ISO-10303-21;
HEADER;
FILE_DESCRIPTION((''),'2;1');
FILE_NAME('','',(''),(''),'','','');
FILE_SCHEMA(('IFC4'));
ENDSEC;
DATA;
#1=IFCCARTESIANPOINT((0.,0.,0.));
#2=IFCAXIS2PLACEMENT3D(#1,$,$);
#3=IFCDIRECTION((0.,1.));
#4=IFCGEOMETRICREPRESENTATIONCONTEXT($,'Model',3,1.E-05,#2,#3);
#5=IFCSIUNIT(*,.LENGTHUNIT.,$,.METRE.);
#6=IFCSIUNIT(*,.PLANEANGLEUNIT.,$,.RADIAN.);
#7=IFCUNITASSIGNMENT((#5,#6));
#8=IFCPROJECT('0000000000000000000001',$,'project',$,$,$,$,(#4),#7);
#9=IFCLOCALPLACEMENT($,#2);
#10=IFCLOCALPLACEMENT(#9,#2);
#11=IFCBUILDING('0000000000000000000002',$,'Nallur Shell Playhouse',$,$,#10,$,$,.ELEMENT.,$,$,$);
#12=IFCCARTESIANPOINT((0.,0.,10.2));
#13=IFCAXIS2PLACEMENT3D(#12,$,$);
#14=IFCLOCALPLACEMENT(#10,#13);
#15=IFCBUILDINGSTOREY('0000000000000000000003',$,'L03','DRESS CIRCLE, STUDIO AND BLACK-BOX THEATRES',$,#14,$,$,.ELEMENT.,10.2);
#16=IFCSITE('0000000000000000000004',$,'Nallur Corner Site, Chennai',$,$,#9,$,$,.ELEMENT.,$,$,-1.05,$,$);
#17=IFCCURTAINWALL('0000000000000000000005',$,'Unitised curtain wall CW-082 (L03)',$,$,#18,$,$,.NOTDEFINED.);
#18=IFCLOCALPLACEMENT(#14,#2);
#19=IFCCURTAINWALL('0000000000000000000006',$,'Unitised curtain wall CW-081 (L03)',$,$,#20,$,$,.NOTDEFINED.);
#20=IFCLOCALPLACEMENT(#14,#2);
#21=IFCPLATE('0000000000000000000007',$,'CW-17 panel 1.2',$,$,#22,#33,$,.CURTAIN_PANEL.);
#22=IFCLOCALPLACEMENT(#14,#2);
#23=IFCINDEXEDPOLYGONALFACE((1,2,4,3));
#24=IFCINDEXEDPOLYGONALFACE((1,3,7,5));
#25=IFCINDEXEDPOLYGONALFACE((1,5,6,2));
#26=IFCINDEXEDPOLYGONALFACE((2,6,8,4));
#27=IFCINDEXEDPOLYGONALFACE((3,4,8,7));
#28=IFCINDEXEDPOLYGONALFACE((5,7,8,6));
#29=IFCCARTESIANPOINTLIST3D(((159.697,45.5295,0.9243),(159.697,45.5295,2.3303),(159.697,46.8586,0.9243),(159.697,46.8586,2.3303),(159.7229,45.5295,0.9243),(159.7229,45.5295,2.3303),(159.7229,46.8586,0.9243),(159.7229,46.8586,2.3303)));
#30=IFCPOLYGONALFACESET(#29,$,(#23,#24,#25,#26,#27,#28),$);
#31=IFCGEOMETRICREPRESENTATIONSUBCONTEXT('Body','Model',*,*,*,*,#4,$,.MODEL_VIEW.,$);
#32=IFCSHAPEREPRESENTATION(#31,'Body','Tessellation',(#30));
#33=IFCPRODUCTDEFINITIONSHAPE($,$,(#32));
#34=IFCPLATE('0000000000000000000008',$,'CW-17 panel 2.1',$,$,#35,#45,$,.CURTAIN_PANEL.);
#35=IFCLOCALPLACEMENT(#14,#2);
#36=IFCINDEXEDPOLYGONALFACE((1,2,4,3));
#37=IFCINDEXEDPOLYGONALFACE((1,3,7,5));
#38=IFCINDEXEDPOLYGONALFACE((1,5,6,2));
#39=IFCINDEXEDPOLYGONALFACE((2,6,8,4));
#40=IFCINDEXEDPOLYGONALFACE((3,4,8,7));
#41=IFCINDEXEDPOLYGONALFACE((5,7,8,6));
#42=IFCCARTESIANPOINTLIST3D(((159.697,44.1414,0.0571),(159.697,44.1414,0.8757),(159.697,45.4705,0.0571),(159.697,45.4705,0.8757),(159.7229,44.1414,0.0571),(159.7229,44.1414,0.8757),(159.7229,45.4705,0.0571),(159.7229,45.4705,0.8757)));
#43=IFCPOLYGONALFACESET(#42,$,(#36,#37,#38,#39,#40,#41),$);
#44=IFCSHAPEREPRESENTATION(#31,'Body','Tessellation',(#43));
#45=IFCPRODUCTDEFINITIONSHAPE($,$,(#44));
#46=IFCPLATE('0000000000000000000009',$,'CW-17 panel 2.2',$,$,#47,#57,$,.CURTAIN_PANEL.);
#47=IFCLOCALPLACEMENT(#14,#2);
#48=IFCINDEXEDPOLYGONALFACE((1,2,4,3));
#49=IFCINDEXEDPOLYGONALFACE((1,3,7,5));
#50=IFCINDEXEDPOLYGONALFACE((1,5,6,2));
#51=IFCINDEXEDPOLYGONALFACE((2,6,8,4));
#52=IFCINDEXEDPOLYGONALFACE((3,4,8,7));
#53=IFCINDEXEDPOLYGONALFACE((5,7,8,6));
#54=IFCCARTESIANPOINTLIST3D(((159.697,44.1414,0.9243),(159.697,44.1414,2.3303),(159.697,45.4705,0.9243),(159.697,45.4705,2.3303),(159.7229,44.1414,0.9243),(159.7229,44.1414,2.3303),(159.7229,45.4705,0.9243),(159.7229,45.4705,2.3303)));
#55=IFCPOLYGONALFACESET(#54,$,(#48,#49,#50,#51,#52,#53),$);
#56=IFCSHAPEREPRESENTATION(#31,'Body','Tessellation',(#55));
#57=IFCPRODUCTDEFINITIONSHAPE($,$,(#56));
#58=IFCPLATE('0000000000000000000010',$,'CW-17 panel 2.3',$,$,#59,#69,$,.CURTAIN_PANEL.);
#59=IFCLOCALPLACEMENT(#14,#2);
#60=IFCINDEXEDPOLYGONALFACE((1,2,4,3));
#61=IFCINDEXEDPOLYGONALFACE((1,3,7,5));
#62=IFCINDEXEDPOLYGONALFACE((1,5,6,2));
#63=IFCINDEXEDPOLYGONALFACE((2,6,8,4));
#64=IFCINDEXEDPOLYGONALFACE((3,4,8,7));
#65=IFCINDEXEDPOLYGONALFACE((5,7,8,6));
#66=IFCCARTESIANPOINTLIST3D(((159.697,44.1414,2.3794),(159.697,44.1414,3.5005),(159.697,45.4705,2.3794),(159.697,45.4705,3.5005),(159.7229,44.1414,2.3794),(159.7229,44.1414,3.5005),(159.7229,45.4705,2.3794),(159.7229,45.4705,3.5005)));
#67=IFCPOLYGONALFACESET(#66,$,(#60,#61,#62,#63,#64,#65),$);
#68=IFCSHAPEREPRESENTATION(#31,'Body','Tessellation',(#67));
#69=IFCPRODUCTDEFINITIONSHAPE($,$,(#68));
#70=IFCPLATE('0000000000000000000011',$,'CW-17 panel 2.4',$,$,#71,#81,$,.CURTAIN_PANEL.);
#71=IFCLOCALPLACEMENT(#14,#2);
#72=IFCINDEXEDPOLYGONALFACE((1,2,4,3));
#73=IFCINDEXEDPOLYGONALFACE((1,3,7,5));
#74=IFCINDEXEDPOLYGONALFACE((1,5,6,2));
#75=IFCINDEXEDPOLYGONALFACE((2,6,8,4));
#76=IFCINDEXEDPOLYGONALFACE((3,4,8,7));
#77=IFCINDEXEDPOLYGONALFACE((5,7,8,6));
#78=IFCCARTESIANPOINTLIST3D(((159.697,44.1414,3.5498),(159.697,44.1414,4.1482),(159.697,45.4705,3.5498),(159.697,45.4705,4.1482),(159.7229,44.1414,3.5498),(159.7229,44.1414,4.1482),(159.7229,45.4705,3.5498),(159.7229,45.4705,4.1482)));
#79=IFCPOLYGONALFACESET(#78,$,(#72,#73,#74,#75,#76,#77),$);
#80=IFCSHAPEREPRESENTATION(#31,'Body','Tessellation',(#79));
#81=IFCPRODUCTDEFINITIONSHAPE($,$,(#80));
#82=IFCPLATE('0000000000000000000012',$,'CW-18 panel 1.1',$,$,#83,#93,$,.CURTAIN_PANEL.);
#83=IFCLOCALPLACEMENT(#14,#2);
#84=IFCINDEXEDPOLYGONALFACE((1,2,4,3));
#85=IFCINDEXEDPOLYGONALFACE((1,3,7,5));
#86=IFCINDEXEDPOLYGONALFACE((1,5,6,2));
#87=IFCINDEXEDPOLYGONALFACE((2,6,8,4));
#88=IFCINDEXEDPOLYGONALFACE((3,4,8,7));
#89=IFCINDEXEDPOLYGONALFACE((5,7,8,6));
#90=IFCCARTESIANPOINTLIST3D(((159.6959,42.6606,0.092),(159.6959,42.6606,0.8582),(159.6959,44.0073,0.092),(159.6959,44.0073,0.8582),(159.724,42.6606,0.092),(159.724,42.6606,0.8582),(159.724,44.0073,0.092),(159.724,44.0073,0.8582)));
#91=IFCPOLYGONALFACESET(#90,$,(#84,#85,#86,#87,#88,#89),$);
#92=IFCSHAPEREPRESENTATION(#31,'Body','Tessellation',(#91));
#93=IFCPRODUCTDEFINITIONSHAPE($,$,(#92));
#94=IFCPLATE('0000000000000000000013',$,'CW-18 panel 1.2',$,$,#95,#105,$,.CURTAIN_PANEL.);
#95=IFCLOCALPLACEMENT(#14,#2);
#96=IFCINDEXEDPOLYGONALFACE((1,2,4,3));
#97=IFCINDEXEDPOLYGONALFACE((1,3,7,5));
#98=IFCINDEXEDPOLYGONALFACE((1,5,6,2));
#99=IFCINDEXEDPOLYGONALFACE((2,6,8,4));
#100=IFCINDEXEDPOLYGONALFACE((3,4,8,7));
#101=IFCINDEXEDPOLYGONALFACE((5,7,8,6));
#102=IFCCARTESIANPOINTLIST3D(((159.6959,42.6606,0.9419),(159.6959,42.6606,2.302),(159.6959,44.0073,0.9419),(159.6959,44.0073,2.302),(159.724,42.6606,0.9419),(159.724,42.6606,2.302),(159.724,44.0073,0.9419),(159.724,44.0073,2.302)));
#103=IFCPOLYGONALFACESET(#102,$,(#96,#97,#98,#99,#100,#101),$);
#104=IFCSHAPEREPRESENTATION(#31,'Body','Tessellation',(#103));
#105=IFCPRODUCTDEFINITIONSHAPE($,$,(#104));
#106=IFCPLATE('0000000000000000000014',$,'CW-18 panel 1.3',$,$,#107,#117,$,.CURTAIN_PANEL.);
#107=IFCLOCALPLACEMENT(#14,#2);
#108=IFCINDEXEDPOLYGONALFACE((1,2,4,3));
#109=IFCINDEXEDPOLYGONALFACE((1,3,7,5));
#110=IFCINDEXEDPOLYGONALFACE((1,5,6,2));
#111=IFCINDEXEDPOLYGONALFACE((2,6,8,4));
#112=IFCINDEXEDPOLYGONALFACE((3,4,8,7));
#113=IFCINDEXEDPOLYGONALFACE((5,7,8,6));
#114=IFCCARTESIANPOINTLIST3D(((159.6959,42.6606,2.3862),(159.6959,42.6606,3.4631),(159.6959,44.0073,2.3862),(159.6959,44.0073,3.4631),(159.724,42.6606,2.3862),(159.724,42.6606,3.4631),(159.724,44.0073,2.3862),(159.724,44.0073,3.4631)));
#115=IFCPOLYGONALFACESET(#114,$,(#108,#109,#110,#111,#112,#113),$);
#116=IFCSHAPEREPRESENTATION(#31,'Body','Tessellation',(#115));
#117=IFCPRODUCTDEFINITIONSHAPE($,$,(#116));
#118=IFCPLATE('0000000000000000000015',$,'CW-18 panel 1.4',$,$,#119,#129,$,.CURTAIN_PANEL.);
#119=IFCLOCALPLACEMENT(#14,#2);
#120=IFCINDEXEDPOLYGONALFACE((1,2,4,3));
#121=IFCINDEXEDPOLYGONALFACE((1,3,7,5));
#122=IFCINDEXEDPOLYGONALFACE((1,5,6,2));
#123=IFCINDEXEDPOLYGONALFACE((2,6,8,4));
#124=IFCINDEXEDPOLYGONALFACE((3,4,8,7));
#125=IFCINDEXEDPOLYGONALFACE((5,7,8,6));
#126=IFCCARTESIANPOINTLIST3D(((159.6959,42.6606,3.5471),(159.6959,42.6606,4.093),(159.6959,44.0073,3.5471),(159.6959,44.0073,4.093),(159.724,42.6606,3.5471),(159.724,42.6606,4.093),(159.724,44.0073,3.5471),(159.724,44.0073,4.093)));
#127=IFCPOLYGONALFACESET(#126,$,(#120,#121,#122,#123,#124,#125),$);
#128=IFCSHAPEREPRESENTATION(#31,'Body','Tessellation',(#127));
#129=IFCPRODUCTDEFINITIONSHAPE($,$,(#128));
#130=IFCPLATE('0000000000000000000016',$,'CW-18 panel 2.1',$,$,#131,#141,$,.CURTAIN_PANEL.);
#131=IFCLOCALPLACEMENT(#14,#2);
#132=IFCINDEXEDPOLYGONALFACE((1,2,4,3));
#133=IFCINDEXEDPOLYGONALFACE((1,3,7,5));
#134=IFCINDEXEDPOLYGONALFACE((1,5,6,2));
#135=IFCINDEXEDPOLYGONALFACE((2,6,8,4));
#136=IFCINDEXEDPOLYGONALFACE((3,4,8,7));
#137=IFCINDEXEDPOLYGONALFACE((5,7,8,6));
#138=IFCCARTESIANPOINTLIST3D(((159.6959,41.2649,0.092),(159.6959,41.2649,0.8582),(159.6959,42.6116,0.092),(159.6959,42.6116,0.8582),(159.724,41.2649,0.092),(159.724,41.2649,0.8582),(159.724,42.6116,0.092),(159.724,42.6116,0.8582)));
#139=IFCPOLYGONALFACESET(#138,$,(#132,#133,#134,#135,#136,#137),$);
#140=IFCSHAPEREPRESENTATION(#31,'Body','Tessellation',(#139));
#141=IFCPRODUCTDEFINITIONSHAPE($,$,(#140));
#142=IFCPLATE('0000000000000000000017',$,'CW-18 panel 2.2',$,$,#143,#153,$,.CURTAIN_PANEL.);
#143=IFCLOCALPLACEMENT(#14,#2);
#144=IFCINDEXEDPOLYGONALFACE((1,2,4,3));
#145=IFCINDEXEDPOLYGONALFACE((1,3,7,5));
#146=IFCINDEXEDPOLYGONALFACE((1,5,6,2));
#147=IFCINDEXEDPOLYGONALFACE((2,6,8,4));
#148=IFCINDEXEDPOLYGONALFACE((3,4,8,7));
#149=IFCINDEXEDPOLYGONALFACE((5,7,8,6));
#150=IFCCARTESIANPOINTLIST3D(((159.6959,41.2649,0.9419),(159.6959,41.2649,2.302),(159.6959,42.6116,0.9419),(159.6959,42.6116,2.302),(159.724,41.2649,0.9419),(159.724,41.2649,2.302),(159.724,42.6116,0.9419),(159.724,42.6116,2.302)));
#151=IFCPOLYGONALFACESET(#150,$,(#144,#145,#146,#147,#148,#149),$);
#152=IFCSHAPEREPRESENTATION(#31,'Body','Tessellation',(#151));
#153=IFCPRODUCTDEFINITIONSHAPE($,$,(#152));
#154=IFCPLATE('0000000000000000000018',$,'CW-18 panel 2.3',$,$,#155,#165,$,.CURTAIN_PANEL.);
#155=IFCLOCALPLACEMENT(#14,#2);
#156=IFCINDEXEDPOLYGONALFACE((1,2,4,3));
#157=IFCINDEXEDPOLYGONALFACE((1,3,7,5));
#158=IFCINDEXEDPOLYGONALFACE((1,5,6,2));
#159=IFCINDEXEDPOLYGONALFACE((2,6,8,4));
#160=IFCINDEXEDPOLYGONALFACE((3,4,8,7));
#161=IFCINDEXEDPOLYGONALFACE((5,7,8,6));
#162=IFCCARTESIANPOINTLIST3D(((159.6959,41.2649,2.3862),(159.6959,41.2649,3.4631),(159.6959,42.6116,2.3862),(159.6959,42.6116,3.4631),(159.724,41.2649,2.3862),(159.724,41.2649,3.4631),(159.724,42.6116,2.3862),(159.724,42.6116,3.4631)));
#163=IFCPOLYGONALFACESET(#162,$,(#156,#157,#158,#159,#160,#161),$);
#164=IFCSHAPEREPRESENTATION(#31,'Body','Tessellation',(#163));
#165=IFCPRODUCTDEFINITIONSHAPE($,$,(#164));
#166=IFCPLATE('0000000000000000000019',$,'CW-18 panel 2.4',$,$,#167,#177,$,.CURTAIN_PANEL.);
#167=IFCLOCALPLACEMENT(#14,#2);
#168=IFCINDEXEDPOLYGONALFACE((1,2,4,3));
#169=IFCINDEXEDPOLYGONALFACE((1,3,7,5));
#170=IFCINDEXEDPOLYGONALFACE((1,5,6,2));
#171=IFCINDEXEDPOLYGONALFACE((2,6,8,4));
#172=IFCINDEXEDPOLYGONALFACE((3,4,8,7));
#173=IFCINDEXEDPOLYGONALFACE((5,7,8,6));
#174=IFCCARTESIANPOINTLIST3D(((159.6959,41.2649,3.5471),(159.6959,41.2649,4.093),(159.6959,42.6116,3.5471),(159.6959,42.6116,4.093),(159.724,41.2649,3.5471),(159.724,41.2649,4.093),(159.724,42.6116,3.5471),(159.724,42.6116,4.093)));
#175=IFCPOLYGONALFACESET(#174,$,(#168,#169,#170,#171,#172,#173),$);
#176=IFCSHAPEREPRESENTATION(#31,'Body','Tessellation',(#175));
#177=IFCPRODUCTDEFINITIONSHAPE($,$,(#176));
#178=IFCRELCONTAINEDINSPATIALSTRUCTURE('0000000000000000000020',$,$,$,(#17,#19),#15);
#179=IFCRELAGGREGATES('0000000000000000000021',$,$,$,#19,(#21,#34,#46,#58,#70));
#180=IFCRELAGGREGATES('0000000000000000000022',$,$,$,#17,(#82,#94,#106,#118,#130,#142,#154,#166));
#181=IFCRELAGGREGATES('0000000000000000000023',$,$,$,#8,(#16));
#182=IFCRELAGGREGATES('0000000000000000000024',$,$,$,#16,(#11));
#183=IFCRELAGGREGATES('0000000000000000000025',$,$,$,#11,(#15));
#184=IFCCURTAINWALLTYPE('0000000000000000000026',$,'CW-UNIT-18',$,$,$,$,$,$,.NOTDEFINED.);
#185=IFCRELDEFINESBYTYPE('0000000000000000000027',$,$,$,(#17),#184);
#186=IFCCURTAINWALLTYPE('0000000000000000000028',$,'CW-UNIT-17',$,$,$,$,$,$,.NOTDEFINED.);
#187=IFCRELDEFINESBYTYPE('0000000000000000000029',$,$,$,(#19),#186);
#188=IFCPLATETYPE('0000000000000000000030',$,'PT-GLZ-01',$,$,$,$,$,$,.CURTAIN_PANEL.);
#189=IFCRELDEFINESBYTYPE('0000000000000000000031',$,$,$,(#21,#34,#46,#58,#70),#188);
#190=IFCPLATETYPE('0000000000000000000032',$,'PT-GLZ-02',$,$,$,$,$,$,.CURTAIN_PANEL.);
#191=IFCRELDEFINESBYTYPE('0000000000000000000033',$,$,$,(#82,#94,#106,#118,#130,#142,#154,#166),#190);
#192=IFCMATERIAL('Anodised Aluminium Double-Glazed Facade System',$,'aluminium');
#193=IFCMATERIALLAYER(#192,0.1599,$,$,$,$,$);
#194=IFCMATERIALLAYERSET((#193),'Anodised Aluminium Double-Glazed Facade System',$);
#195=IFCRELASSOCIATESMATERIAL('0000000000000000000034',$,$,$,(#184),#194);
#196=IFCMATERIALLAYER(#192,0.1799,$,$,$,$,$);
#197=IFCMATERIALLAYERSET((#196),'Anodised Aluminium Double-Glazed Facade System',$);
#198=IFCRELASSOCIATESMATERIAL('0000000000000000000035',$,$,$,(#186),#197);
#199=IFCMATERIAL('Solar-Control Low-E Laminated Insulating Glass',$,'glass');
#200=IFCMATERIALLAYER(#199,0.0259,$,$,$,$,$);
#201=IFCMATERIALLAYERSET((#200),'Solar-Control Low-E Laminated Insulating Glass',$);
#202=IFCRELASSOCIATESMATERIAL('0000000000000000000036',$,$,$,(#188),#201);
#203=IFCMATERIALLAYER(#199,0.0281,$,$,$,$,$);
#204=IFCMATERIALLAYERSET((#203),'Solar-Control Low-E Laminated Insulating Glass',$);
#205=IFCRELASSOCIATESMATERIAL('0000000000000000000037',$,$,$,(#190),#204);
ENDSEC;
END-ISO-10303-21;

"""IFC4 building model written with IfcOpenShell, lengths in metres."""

from ifc_helpers import new_model, si_unit, direction, frame, origin, origin_2d, place, context, subcontext, project, spatial, rectangle, extrude, material, layer, layer_set, type_object, element, aggregate, save


model = new_model("IFC4")

# Units and contexts
model_context = context("Model", 3, precision=1e-05, world=origin(), true_north=direction((0.0, 1.0)))
body_context = subcontext(model_context, "Body", "Model", "MODEL_VIEW")
ifc_project = project(units=[si_unit("LENGTHUNIT", "METRE"), si_unit("PLANEANGLEUNIT", "RADIAN")], contexts=[model_context])

# Site, building, storey
site_placement = place(None, origin())
site = spatial("IfcSite", under=ifc_project, at=site_placement, Name="Nallur Corner Site, Chennai", CompositionType="ELEMENT", RefElevation=-1.05)
building_placement = place(site_placement, origin())
building = spatial("IfcBuilding", under=site, at=building_placement, Name="Nallur Shell Playhouse", CompositionType="ELEMENT")
storey_placement = place(building_placement, frame((0.0, 0.0, 10.2)))
storey = spatial("IfcBuildingStorey", under=building, at=storey_placement, Name="L03", Description="DRESS CIRCLE, STUDIO AND BLACK-BOX THEATRES", CompositionType="ELEMENT", Elevation=10.2)

# Curtain walls
ifc_material_1 = material(Name="Anodised Aluminium Double-Glazed Facade System", Category="aluminium")
ifc_layer_1 = layer(ifc_material_1, 0.1599)
ifc_layer_set_1 = layer_set([ifc_layer_1], Name="Anodised Aluminium Double-Glazed Facade System")
curtain_wall_type_1 = type_object("IfcCurtainWallType", Name="CW-UNIT-18", PredefinedType="NOTDEFINED", material=ifc_layer_set_1)
curtain_wall_1_placement = place(storey_placement, origin())
curtain_wall_1 = element("IfcCurtainWall", 1, at=curtain_wall_1_placement, inside=storey, type_object=curtain_wall_type_1, Name="Unitised curtain wall CW-082 (L03)", PredefinedType="NOTDEFINED")
ifc_layer_2 = layer(ifc_material_1, 0.1799)
ifc_layer_set_2 = layer_set([ifc_layer_2], Name="Anodised Aluminium Double-Glazed Facade System")
curtain_wall_type_2 = type_object("IfcCurtainWallType", Name="CW-UNIT-17", PredefinedType="NOTDEFINED", material=ifc_layer_set_2)
curtain_wall_2_placement = place(storey_placement, origin())
curtain_wall_2 = element("IfcCurtainWall", 2, at=curtain_wall_2_placement, inside=storey, type_object=curtain_wall_type_2, Name="Unitised curtain wall CW-081 (L03)", PredefinedType="NOTDEFINED")

# Plates
ifc_material_2 = material(Name="Solar-Control Low-E Laminated Insulating Glass", Category="glass")
ifc_layer_3 = layer(ifc_material_2, 0.0259)
ifc_layer_set_3 = layer_set([ifc_layer_3], Name="Solar-Control Low-E Laminated Insulating Glass")
plate_type_1 = type_object("IfcPlateType", Name="PT-GLZ-01", PredefinedType="CURTAIN_PANEL", material=ifc_layer_set_3)
plate_1_placement = place(storey_placement, frame((159.71, 46.1941, 0.9243), z_axis=(0.0, 0.0, 1.0), x_axis=(0.0, -1.0, 0.0)))
plate_1 = element("IfcPlate", 3, at=plate_1_placement, type_object=plate_type_1, Name="CW-17 panel 1.2", PredefinedType="CURTAIN_PANEL", context=body_context, shape_type="SweptSolid", body=[
    extrude(rectangle(XDim=1.3291, YDim=0.0259, at=origin_2d()), origin(), (0.0, 0.0, 1.0), 1.406),
])
plate_2_placement = place(storey_placement, frame((159.71, 44.8059, 0.0571), z_axis=(0.0, 0.0, 1.0), x_axis=(0.0, -1.0, 0.0)))
plate_2 = element("IfcPlate", 4, at=plate_2_placement, type_object=plate_type_1, Name="CW-17 panel 2.1", PredefinedType="CURTAIN_PANEL", context=body_context, shape_type="SweptSolid", body=[
    extrude(rectangle(XDim=1.3291, YDim=0.0259, at=origin_2d()), origin(), (0.0, 0.0, 1.0), 0.8186),
])
plate_3_placement = place(storey_placement, frame((159.71, 44.8059, 0.9243), z_axis=(0.0, 0.0, 1.0), x_axis=(0.0, -1.0, 0.0)))
plate_3 = element("IfcPlate", 5, at=plate_3_placement, type_object=plate_type_1, Name="CW-17 panel 2.2", PredefinedType="CURTAIN_PANEL", context=body_context, shape_type="SweptSolid", body=[
    extrude(rectangle(XDim=1.3291, YDim=0.0259, at=origin_2d()), origin(), (0.0, 0.0, 1.0), 1.406),
])
plate_4_placement = place(storey_placement, frame((159.71, 44.8059, 2.3794), z_axis=(0.0, 0.0, 1.0), x_axis=(0.0, -1.0, 0.0)))
plate_4 = element("IfcPlate", 6, at=plate_4_placement, type_object=plate_type_1, Name="CW-17 panel 2.3", PredefinedType="CURTAIN_PANEL", context=body_context, shape_type="SweptSolid", body=[
    extrude(rectangle(XDim=1.3291, YDim=0.0259, at=origin_2d()), origin(), (0.0, 0.0, 1.0), 1.1211),
])
plate_5_placement = place(storey_placement, frame((159.71, 44.8059, 3.5498), z_axis=(0.0, 0.0, 1.0), x_axis=(0.0, -1.0, 0.0)))
plate_5 = element("IfcPlate", 7, at=plate_5_placement, type_object=plate_type_1, Name="CW-17 panel 2.4", PredefinedType="CURTAIN_PANEL", context=body_context, shape_type="SweptSolid", body=[
    extrude(rectangle(XDim=1.3291, YDim=0.0259, at=origin_2d()), origin(), (0.0, 0.0, 1.0), 0.5984),
])
aggregate(curtain_wall_2, [plate_1, plate_2, plate_3, plate_4, plate_5])
ifc_layer_4 = layer(ifc_material_2, 0.0281)
ifc_layer_set_4 = layer_set([ifc_layer_4], Name="Solar-Control Low-E Laminated Insulating Glass")
plate_type_2 = type_object("IfcPlateType", Name="PT-GLZ-02", PredefinedType="CURTAIN_PANEL", material=ifc_layer_set_4)
plate_6_placement = place(storey_placement, frame((159.71, 43.334, 0.092), z_axis=(0.0, 0.0, 1.0), x_axis=(0.0, -1.0, 0.0)))
plate_6 = element("IfcPlate", 8, at=plate_6_placement, type_object=plate_type_2, Name="CW-18 panel 1.1", PredefinedType="CURTAIN_PANEL", context=body_context, shape_type="SweptSolid", body=[
    extrude(rectangle(XDim=1.3467, YDim=0.0281, at=origin_2d()), origin(), (0.0, 0.0, 1.0), 0.7661),
])
plate_7_placement = place(storey_placement, frame((159.71, 43.334, 0.9419), z_axis=(0.0, 0.0, 1.0), x_axis=(0.0, -1.0, 0.0)))
plate_7 = element("IfcPlate", 9, at=plate_7_placement, type_object=plate_type_2, Name="CW-18 panel 1.2", PredefinedType="CURTAIN_PANEL", context=body_context, shape_type="SweptSolid", body=[
    extrude(rectangle(XDim=1.3467, YDim=0.0281, at=origin_2d()), origin(), (0.0, 0.0, 1.0), 1.3601),
])
plate_8_placement = place(storey_placement, frame((159.71, 43.334, 2.3862), z_axis=(0.0, 0.0, 1.0), x_axis=(0.0, -1.0, 0.0)))
plate_8 = element("IfcPlate", 10, at=plate_8_placement, type_object=plate_type_2, Name="CW-18 panel 1.3", PredefinedType="CURTAIN_PANEL", context=body_context, shape_type="SweptSolid", body=[
    extrude(rectangle(XDim=1.3467, YDim=0.0281, at=origin_2d()), origin(), (0.0, 0.0, 1.0), 1.0769),
])
plate_9_placement = place(storey_placement, frame((159.71, 43.334, 3.5471), z_axis=(0.0, 0.0, 1.0), x_axis=(0.0, -1.0, 0.0)))
plate_9 = element("IfcPlate", 11, at=plate_9_placement, type_object=plate_type_2, Name="CW-18 panel 1.4", PredefinedType="CURTAIN_PANEL", context=body_context, shape_type="SweptSolid", body=[
    extrude(rectangle(XDim=1.3467, YDim=0.0281, at=origin_2d()), origin(), (0.0, 0.0, 1.0), 0.5459),
])
plate_10_placement = place(storey_placement, frame((159.71, 41.9382, 0.092), z_axis=(0.0, 0.0, 1.0), x_axis=(0.0, -1.0, 0.0)))
plate_10 = element("IfcPlate", 12, at=plate_10_placement, type_object=plate_type_2, Name="CW-18 panel 2.1", PredefinedType="CURTAIN_PANEL", context=body_context, shape_type="SweptSolid", body=[
    extrude(rectangle(XDim=1.3467, YDim=0.0281, at=origin_2d()), origin(), (0.0, 0.0, 1.0), 0.7661),
])
plate_11_placement = place(storey_placement, frame((159.71, 41.9382, 0.9419), z_axis=(0.0, 0.0, 1.0), x_axis=(0.0, -1.0, 0.0)))
plate_11 = element("IfcPlate", 13, at=plate_11_placement, type_object=plate_type_2, Name="CW-18 panel 2.2", PredefinedType="CURTAIN_PANEL", context=body_context, shape_type="SweptSolid", body=[
    extrude(rectangle(XDim=1.3467, YDim=0.0281, at=origin_2d()), origin(), (0.0, 0.0, 1.0), 1.3601),
])
plate_12_placement = place(storey_placement, frame((159.71, 41.9382, 2.3862), z_axis=(0.0, 0.0, 1.0), x_axis=(0.0, -1.0, 0.0)))
plate_12 = element("IfcPlate", 14, at=plate_12_placement, type_object=plate_type_2, Name="CW-18 panel 2.3", PredefinedType="CURTAIN_PANEL", context=body_context, shape_type="SweptSolid", body=[
    extrude(rectangle(XDim=1.3467, YDim=0.0281, at=origin_2d()), origin(), (0.0, 0.0, 1.0), 1.0769),
])
plate_13_placement = place(storey_placement, frame((159.71, 41.9382, 3.5471), z_axis=(0.0, 0.0, 1.0), x_axis=(0.0, -1.0, 0.0)))
plate_13 = element("IfcPlate", 15, at=plate_13_placement, type_object=plate_type_2, Name="CW-18 panel 2.4", PredefinedType="CURTAIN_PANEL", context=body_context, shape_type="SweptSolid", body=[
    extrude(rectangle(XDim=1.3467, YDim=0.0281, at=origin_2d()), origin(), (0.0, 0.0, 1.0), 0.5459),
])
aggregate(curtain_wall_1, [plate_6, plate_7, plate_8, plate_9, plate_10, plate_11, plate_12, plate_13])

save(model, "model.ifc")
